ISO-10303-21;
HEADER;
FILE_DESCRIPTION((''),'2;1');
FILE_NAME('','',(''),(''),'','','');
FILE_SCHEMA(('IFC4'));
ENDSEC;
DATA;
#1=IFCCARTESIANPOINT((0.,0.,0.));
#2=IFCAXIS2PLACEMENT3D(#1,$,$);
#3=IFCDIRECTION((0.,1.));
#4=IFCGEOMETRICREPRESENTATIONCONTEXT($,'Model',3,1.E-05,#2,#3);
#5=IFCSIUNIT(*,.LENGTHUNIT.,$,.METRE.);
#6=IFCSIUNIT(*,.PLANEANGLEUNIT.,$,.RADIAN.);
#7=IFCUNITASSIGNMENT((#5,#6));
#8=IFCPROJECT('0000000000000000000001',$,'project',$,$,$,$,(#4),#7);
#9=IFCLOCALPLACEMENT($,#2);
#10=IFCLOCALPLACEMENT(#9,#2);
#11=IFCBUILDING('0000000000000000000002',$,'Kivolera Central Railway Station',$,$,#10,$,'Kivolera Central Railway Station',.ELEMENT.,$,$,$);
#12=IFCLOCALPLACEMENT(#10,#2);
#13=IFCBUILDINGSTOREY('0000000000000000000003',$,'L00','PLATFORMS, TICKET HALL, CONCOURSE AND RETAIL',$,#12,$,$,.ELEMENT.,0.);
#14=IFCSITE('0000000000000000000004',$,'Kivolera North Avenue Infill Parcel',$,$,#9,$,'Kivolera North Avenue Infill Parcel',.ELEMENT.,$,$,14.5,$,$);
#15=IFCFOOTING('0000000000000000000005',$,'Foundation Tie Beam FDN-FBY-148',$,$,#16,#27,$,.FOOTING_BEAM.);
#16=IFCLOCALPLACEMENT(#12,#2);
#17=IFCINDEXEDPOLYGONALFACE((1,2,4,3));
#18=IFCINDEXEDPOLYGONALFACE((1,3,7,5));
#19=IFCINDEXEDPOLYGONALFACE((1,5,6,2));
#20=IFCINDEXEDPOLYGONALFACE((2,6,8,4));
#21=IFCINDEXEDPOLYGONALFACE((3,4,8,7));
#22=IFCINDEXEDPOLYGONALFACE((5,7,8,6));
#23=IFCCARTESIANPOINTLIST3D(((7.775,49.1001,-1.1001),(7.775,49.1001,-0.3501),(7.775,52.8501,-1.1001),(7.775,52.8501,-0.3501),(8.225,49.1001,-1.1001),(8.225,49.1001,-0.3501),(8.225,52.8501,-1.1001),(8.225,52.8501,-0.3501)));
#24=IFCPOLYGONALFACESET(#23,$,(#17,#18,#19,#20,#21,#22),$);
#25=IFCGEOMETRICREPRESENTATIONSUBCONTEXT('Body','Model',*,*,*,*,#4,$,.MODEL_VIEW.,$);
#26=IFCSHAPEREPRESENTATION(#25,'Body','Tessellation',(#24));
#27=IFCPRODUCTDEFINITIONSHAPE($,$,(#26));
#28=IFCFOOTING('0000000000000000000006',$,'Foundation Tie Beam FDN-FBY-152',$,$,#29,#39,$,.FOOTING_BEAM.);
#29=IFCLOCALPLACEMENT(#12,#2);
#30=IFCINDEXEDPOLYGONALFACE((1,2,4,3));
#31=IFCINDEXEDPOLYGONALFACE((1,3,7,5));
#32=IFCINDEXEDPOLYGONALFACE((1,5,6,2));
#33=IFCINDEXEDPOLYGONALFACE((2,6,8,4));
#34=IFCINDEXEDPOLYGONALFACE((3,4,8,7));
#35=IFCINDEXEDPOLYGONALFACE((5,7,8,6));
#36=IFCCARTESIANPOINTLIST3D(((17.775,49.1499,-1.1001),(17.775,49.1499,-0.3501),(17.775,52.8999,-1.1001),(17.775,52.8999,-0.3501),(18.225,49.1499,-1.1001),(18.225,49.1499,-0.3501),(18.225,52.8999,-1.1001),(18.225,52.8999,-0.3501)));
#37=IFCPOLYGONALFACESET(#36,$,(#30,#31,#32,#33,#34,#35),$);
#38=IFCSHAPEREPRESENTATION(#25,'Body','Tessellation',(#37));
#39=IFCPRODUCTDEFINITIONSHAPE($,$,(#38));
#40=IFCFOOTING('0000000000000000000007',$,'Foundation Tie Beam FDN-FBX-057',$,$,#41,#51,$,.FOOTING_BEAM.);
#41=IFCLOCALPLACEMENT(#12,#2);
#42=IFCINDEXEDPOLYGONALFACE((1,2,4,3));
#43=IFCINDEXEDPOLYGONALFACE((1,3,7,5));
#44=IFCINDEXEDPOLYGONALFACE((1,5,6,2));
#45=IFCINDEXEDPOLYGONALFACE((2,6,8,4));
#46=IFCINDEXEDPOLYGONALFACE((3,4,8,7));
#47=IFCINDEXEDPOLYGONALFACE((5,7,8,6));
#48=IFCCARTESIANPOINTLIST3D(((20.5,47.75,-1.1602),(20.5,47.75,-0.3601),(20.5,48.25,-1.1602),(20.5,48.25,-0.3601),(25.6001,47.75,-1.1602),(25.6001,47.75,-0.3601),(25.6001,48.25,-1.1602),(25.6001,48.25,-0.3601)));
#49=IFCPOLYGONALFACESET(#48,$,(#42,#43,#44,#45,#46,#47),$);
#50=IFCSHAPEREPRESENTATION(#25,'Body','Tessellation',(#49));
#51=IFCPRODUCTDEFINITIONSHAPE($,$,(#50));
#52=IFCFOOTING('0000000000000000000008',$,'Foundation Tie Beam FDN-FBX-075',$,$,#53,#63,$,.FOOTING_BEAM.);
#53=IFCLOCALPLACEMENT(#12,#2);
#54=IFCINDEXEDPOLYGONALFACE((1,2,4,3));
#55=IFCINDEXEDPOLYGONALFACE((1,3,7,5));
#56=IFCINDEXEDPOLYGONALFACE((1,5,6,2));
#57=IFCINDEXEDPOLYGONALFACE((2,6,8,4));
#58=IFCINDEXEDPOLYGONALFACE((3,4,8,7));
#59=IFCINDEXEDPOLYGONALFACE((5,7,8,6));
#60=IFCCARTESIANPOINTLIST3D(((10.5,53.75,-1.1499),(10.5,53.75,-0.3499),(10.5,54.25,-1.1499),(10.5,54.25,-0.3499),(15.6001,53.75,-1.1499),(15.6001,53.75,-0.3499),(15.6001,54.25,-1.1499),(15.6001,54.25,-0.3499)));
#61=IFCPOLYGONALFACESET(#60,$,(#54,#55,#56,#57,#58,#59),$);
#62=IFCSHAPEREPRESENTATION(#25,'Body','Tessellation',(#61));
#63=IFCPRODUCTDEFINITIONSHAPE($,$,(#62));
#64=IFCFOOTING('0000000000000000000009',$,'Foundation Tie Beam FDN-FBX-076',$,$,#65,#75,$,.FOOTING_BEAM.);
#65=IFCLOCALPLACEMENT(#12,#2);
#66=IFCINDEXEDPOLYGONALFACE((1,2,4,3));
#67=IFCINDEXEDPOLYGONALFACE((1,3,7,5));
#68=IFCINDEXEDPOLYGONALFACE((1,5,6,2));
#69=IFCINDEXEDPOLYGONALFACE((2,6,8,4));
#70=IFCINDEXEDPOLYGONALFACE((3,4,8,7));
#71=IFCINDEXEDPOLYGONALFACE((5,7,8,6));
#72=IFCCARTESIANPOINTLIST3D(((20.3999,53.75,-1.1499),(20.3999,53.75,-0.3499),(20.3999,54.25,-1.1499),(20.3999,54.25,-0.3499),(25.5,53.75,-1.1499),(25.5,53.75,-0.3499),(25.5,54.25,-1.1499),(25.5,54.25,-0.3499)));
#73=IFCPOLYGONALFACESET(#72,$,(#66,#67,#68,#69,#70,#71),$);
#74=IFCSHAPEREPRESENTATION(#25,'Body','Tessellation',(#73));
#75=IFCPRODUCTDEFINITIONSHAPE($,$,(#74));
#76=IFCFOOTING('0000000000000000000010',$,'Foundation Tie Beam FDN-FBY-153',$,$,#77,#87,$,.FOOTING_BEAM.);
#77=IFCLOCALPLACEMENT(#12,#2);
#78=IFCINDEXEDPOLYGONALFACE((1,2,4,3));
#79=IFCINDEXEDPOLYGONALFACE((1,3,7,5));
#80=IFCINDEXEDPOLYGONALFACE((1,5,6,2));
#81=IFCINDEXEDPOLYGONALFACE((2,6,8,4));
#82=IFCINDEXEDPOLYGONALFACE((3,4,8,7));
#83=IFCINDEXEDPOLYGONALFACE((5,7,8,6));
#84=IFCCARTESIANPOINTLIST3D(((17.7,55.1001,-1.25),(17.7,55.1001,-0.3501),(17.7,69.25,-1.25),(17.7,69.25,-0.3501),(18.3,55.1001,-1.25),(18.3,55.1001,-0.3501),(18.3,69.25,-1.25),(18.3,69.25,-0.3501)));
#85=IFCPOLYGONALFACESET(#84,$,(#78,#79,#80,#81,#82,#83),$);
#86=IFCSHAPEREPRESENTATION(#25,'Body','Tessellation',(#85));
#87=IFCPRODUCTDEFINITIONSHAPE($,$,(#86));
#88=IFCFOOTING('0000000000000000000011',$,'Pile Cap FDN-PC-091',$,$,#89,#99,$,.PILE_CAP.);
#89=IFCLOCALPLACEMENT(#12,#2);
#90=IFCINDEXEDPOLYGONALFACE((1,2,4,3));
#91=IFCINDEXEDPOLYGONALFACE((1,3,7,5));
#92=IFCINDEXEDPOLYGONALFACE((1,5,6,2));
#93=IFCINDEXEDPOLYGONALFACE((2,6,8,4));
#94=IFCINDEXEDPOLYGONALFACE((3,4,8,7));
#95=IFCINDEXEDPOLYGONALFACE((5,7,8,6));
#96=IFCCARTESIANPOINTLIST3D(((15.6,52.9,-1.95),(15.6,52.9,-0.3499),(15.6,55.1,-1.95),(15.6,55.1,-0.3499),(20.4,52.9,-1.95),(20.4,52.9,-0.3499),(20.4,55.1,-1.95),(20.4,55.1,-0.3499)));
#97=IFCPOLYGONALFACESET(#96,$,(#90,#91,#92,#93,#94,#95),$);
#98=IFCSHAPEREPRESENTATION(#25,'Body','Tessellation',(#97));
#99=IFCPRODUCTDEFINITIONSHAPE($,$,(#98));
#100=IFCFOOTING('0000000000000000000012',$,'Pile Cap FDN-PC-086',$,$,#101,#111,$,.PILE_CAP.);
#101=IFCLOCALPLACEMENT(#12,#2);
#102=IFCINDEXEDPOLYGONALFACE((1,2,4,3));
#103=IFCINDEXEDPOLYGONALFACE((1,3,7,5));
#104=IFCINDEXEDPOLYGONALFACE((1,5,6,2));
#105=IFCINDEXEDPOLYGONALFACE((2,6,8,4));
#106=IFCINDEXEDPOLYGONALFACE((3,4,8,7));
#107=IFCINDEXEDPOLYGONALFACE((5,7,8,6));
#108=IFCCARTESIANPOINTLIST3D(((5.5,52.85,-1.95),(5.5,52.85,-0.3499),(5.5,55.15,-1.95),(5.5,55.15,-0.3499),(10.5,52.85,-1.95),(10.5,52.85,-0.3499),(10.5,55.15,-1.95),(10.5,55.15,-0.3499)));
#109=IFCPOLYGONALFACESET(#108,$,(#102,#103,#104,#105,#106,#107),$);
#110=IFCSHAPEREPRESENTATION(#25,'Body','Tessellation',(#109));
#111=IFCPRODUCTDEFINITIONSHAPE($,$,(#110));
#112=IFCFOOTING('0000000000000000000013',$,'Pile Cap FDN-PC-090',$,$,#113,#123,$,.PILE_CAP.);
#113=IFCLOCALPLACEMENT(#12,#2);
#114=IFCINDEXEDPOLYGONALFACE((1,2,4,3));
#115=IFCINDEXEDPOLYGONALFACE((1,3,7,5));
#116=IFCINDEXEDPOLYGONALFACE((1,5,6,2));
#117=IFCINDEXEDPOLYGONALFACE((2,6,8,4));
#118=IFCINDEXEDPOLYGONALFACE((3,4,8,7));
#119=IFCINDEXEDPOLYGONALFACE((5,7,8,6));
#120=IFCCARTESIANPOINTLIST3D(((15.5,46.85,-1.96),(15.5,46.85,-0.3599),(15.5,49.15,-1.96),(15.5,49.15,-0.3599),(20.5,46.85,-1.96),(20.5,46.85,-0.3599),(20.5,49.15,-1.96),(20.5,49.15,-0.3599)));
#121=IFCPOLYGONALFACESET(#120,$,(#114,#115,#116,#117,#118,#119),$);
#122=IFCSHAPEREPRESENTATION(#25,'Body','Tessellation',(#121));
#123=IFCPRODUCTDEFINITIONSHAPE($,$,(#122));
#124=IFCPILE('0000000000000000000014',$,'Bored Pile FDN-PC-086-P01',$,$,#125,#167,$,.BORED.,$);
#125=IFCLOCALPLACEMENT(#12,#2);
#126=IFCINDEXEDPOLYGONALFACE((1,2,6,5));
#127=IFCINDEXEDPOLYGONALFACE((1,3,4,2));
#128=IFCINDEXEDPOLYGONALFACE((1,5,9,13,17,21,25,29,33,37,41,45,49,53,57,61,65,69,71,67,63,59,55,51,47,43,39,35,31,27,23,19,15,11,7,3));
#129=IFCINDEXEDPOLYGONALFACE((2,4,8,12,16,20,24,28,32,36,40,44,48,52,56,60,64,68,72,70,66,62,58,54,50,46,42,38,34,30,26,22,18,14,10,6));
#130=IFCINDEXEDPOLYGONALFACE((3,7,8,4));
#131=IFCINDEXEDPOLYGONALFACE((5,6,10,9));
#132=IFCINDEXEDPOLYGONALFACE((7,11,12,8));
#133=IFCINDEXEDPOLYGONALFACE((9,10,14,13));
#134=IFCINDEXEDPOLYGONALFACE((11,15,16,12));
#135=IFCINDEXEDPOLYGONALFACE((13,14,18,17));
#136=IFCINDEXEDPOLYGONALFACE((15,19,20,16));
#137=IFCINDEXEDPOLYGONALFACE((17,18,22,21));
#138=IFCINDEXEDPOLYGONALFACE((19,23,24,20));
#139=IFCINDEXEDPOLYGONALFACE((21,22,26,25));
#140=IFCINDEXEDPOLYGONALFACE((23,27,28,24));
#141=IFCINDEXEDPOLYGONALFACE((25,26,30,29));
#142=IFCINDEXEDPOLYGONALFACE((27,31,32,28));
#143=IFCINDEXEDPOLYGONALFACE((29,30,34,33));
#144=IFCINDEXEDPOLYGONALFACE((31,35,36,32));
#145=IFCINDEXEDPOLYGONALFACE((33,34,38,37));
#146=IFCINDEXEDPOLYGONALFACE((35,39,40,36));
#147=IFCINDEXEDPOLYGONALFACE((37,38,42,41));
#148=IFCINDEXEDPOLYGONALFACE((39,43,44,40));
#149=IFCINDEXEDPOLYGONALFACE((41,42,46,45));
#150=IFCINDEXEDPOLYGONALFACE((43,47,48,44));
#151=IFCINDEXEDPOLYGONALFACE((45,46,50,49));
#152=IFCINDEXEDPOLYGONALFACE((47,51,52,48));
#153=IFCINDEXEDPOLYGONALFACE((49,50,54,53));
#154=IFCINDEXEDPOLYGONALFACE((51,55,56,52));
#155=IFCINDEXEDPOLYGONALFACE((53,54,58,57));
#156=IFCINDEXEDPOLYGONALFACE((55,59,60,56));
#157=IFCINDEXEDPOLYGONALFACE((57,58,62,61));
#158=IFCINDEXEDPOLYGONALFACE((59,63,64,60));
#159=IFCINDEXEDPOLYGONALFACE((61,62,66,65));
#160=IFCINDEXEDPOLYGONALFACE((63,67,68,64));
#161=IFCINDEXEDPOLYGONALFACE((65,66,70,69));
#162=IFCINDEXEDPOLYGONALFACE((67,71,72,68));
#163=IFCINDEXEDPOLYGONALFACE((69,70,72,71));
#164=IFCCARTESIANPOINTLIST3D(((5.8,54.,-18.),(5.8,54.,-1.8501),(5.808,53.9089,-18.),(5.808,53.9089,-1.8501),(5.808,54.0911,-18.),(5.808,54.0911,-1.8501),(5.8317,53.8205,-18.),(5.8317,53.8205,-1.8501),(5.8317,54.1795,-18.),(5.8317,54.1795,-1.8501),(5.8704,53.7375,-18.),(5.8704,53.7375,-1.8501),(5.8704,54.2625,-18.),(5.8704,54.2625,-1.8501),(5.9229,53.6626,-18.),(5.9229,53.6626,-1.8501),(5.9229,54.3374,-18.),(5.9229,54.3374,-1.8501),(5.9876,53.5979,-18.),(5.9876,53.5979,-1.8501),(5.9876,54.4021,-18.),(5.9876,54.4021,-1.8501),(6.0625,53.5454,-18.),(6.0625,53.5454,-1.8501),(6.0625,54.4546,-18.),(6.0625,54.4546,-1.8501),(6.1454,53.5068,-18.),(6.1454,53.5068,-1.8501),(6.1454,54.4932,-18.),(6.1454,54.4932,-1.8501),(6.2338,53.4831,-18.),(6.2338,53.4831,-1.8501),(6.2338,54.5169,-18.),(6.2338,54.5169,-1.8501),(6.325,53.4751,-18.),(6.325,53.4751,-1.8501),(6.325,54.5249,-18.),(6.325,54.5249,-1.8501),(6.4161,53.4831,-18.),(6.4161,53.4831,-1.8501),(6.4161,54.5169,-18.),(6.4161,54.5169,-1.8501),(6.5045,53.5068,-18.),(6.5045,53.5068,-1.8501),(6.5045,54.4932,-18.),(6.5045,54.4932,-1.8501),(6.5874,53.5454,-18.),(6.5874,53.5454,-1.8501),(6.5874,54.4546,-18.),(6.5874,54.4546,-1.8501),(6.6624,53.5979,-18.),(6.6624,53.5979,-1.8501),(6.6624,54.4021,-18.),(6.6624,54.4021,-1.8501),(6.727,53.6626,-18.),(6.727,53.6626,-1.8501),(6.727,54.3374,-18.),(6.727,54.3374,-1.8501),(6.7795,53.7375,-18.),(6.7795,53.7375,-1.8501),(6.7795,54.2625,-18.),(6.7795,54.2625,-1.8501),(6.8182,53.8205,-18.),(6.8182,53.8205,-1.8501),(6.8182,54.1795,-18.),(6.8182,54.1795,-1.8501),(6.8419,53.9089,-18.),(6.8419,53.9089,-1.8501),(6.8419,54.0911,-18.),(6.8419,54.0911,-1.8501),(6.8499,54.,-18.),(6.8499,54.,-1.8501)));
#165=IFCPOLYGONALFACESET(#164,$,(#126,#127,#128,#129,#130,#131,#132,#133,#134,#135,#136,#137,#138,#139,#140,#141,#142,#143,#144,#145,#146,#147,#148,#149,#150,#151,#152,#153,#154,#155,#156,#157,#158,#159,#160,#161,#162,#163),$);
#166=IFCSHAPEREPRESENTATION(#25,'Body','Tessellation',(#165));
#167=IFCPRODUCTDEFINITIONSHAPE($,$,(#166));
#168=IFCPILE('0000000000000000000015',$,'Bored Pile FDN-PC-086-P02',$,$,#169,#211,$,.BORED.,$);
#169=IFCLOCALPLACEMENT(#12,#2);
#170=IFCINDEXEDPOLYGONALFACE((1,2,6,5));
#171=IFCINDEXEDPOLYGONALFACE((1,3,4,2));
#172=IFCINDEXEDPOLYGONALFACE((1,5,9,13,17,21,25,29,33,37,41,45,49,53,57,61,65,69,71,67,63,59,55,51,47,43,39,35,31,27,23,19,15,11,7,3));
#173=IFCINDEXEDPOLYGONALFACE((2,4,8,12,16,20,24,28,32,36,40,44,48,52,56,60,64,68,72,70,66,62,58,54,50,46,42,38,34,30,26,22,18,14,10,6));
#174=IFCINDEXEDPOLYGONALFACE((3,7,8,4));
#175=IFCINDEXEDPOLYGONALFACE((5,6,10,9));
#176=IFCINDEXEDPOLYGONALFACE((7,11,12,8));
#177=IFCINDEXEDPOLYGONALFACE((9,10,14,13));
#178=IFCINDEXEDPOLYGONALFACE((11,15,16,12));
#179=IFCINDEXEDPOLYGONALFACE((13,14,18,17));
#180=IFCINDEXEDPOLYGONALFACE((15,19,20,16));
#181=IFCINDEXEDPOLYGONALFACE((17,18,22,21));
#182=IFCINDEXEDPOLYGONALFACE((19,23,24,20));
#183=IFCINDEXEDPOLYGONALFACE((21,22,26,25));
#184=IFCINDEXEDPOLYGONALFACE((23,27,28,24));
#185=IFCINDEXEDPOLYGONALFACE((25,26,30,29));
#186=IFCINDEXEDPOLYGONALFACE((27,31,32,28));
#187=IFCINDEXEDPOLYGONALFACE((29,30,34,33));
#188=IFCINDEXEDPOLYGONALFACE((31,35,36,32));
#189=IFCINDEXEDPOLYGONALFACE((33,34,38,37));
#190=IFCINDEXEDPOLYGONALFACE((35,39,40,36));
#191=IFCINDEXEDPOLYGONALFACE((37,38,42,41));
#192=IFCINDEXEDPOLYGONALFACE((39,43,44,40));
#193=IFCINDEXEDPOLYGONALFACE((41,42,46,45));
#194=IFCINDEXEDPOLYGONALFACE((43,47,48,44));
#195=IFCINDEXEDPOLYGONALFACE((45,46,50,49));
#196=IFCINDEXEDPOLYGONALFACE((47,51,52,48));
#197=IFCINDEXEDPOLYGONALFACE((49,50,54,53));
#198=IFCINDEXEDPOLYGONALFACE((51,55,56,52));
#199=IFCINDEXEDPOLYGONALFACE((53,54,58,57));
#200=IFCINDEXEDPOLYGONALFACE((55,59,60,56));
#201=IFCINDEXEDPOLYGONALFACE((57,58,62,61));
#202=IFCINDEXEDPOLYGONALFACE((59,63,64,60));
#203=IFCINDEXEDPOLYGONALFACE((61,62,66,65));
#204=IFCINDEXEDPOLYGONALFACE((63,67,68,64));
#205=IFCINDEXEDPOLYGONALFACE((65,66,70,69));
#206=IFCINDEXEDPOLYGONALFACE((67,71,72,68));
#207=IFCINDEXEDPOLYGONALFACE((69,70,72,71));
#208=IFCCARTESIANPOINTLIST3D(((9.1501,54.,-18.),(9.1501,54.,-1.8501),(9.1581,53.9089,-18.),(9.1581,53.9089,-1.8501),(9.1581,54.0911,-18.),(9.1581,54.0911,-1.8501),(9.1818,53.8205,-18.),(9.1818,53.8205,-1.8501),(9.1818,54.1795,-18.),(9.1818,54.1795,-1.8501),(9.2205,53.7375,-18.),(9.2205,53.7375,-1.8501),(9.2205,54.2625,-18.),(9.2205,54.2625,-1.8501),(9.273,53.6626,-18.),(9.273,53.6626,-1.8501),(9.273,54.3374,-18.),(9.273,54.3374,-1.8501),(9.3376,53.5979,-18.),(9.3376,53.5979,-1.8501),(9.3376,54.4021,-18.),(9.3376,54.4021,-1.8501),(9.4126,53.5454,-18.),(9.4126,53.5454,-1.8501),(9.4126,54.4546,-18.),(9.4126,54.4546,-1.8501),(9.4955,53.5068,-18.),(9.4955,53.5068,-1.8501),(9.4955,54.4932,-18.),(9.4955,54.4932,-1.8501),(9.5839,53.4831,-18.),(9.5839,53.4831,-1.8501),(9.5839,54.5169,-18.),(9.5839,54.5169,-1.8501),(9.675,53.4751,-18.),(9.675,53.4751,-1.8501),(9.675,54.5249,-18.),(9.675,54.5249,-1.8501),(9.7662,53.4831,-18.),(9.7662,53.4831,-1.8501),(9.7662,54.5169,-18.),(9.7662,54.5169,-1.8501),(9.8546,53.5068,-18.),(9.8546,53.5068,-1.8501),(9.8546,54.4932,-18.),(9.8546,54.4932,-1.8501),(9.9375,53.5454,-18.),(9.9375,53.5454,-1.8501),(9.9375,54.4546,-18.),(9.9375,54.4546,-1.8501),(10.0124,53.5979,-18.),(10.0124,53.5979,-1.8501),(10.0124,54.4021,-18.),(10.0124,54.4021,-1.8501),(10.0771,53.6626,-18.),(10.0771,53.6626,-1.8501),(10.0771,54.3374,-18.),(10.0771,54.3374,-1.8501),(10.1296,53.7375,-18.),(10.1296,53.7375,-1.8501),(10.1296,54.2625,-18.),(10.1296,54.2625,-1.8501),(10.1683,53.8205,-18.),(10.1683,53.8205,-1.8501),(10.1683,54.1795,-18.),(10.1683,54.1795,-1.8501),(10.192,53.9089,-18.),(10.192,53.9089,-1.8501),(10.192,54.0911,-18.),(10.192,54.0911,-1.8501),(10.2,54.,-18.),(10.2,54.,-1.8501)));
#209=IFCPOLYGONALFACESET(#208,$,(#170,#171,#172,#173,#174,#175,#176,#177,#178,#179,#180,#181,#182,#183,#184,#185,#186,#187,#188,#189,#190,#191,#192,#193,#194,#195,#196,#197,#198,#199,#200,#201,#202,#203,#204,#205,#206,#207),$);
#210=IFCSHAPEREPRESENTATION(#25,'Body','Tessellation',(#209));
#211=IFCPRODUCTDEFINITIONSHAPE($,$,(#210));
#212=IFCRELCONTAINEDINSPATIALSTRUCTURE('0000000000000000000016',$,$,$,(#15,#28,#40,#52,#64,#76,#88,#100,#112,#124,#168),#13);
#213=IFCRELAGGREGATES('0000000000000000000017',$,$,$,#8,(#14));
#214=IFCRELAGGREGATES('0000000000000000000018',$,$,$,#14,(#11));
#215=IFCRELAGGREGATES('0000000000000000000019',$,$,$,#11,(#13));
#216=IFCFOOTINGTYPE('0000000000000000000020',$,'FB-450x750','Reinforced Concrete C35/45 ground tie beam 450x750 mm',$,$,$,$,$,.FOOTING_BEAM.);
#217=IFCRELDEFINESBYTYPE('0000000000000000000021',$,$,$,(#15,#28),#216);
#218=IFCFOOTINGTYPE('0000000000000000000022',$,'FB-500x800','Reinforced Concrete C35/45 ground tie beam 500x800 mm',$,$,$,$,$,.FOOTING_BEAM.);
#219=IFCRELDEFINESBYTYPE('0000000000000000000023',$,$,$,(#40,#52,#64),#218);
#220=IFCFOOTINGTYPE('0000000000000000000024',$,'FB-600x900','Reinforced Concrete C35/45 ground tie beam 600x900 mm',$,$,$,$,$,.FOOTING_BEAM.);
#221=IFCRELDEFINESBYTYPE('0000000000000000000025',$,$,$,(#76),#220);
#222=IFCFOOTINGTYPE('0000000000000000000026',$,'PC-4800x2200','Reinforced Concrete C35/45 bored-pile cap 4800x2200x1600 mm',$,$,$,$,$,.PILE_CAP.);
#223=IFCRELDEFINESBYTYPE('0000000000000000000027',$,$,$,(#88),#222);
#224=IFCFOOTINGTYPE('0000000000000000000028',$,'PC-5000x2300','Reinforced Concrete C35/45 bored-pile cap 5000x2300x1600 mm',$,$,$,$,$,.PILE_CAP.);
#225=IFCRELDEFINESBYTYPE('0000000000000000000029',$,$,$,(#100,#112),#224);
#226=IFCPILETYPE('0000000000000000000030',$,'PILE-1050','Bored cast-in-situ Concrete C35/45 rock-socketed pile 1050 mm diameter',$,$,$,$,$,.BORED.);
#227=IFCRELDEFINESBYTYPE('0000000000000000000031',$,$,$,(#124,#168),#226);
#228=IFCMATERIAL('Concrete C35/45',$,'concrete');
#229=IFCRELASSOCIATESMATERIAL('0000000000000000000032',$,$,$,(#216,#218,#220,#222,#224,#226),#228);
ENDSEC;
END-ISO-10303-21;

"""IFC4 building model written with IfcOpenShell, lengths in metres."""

from ifc_helpers import new_model, si_unit, direction, frame, origin, origin_2d, place, context, subcontext, project, spatial, rectangle, circle, extrude, material, material_profile, profile_set, type_object, element, save


model = new_model("IFC4")

# Units and contexts
model_context = context("Model", 3, precision=1e-05, world=origin(), true_north=direction((0.0, 1.0)))
body_context = subcontext(model_context, "Body", "Model", "MODEL_VIEW")
ifc_project = project(units=[si_unit("LENGTHUNIT", "METRE"), si_unit("PLANEANGLEUNIT", "RADIAN")], contexts=[model_context])

# Site, building, storey
site_placement = place(None, origin())
site = spatial("IfcSite", under=ifc_project, at=site_placement, Name="Kivolera North Avenue Infill Parcel", LongName="Kivolera North Avenue Infill Parcel", CompositionType="ELEMENT", RefElevation=14.5)
building_placement = place(site_placement, origin())
building = spatial("IfcBuilding", under=site, at=building_placement, Name="Kivolera Central Railway Station", LongName="Kivolera Central Railway Station", CompositionType="ELEMENT")
storey_placement = place(building_placement, origin())
storey = spatial("IfcBuildingStorey", under=building, at=storey_placement, Name="L00", Description="PLATFORMS, TICKET HALL, CONCOURSE AND RETAIL", CompositionType="ELEMENT", Elevation=0.0)

# Footings
ifc_material_1 = material(Name="Concrete C35/45", Category="concrete")
footing_type_1 = type_object("IfcFootingType", Name="FB-450x750", Description="Reinforced Concrete C35/45 ground tie beam 450x750 mm", PredefinedType="FOOTING_BEAM", material=ifc_material_1)
for number, where, z_axis, x_axis, name in (
    (1, (8.0, 50.9751, -1.1001), (0.0, 0.0, 1.0), (1.0, 0.0, 0.0), "Foundation Tie Beam FDN-FBY-148"),
    (2, (18.0, 51.0249, -1.1001), (0.0, 0.0, 1.0), (1.0, 0.0, 0.0), "Foundation Tie Beam FDN-FBY-152"),
):
    element("IfcFooting", number, at=place(storey_placement, frame(where, z_axis=z_axis, x_axis=x_axis)), inside=storey, type_object=footing_type_1, Name=name, PredefinedType="FOOTING_BEAM", context=body_context, shape_type="SweptSolid", body=[
        extrude(rectangle(XDim=0.45, YDim=3.75, at=origin_2d()), origin(), (0.0, 0.0, 1.0), 0.75),
    ])
footing_type_2 = type_object("IfcFootingType", Name="FB-500x800", Description="Reinforced Concrete C35/45 ground tie beam 500x800 mm", PredefinedType="FOOTING_BEAM", material=ifc_material_1)
for number, where, z_axis, x_axis, name in (
    (3, (23.05, 48.0, -1.1602), (0.0, 0.0, 1.0), (1.0, 0.0, 0.0), "Foundation Tie Beam FDN-FBX-057"),
    (4, (13.05, 54.0, -1.1499), (0.0, 0.0, 1.0), (1.0, 0.0, 0.0), "Foundation Tie Beam FDN-FBX-075"),
    (5, (22.95, 54.0, -1.1499), (0.0, 0.0, 1.0), (1.0, 0.0, 0.0), "Foundation Tie Beam FDN-FBX-076"),
):
    element("IfcFooting", number, at=place(storey_placement, frame(where, z_axis=z_axis, x_axis=x_axis)), inside=storey, type_object=footing_type_2, Name=name, PredefinedType="FOOTING_BEAM", context=body_context, shape_type="SweptSolid", body=[
        extrude(rectangle(XDim=5.1001, YDim=0.5, at=origin_2d()), origin(), (0.0, 0.0, 1.0), 0.8),
    ])
footing_type_3 = type_object("IfcFootingType", Name="FB-600x900", Description="Reinforced Concrete C35/45 ground tie beam 600x900 mm", PredefinedType="FOOTING_BEAM", material=ifc_material_1)
footing_1_placement = place(storey_placement, frame((18.0, 62.175, -1.25), z_axis=(0.0, 0.0, 1.0), x_axis=(1.0, 0.0, 0.0)))
element("IfcFooting", 6, at=footing_1_placement, inside=storey, type_object=footing_type_3, Name="Foundation Tie Beam FDN-FBY-153", PredefinedType="FOOTING_BEAM", context=body_context, shape_type="SweptSolid", body=[
    extrude(rectangle(XDim=0.6001, YDim=14.1499, at=origin_2d()), origin(), (0.0, 0.0, 1.0), 0.8999),
])
footing_type_4 = type_object("IfcFootingType", Name="PC-4800x2200", Description="Reinforced Concrete C35/45 bored-pile cap 4800x2200x1600 mm", PredefinedType="PILE_CAP", material=ifc_material_1)
footing_2_placement = place(storey_placement, frame((18.0, 54.0, -1.95), z_axis=(0.0, 0.0, 1.0), x_axis=(1.0, 0.0, 0.0)))
element("IfcFooting", 7, at=footing_2_placement, inside=storey, type_object=footing_type_4, Name="Pile Cap FDN-PC-091", PredefinedType="PILE_CAP", context=body_context, shape_type="SweptSolid", body=[
    extrude(rectangle(XDim=4.8, YDim=2.2, at=origin_2d()), origin(), (0.0, 0.0, 1.0), 1.6001),
])
footing_type_5 = type_object("IfcFootingType", Name="PC-5000x2300", Description="Reinforced Concrete C35/45 bored-pile cap 5000x2300x1600 mm", PredefinedType="PILE_CAP", material=ifc_material_1)
for number, where, z_axis, x_axis, name in (
    (8, (8.0, 54.0, -1.95), (0.0, 0.0, 1.0), (1.0, 0.0, 0.0), "Pile Cap FDN-PC-086"),
    (9, (18.0, 48.0, -1.96), (0.0, 0.0, 1.0), (1.0, 0.0, 0.0), "Pile Cap FDN-PC-090"),
):
    element("IfcFooting", number, at=place(storey_placement, frame(where, z_axis=z_axis, x_axis=x_axis)), inside=storey, type_object=footing_type_5, Name=name, PredefinedType="PILE_CAP", context=body_context, shape_type="SweptSolid", body=[
        extrude(rectangle(XDim=5.0, YDim=2.3, at=origin_2d()), origin(), (0.0, 0.0, 1.0), 1.6001),
    ])

# Piles
ifc_material_profile_1 = material_profile(ifc_material_1, circle(Radius=0.5249, at=origin_2d()), Name="PILE D1050")
ifc_profile_set_1 = profile_set([ifc_material_profile_1], Name="Concrete C35/45")
pile_type_1 = type_object("IfcPileType", Name="PILE-1050", Description="Bored cast-in-situ Concrete C35/45 rock-socketed pile 1050 mm diameter", PredefinedType="BORED", material=ifc_profile_set_1)
for number, where, z_axis, x_axis, name in (
    (10, (6.325, 54.0, -1.8501), (0.0, 0.0, -1.0), (1.0, 0.0, 0.0), "Bored Pile FDN-PC-086-P01"),
    (11, (9.675, 54.0, -1.8501), (0.0, 0.0, -1.0), (1.0, 0.0, 0.0), "Bored Pile FDN-PC-086-P02"),
):
    element("IfcPile", number, at=place(storey_placement, frame(where, z_axis=z_axis, x_axis=x_axis)), inside=storey, type_object=pile_type_1, Name=name, PredefinedType="BORED", context=body_context, shape_type="SweptSolid", body=[
        extrude(circle(Radius=0.5249, at=origin_2d()), origin(), (0.0, 0.0, 1.0), 16.1499),
    ])

save(model, "model.ifc")
